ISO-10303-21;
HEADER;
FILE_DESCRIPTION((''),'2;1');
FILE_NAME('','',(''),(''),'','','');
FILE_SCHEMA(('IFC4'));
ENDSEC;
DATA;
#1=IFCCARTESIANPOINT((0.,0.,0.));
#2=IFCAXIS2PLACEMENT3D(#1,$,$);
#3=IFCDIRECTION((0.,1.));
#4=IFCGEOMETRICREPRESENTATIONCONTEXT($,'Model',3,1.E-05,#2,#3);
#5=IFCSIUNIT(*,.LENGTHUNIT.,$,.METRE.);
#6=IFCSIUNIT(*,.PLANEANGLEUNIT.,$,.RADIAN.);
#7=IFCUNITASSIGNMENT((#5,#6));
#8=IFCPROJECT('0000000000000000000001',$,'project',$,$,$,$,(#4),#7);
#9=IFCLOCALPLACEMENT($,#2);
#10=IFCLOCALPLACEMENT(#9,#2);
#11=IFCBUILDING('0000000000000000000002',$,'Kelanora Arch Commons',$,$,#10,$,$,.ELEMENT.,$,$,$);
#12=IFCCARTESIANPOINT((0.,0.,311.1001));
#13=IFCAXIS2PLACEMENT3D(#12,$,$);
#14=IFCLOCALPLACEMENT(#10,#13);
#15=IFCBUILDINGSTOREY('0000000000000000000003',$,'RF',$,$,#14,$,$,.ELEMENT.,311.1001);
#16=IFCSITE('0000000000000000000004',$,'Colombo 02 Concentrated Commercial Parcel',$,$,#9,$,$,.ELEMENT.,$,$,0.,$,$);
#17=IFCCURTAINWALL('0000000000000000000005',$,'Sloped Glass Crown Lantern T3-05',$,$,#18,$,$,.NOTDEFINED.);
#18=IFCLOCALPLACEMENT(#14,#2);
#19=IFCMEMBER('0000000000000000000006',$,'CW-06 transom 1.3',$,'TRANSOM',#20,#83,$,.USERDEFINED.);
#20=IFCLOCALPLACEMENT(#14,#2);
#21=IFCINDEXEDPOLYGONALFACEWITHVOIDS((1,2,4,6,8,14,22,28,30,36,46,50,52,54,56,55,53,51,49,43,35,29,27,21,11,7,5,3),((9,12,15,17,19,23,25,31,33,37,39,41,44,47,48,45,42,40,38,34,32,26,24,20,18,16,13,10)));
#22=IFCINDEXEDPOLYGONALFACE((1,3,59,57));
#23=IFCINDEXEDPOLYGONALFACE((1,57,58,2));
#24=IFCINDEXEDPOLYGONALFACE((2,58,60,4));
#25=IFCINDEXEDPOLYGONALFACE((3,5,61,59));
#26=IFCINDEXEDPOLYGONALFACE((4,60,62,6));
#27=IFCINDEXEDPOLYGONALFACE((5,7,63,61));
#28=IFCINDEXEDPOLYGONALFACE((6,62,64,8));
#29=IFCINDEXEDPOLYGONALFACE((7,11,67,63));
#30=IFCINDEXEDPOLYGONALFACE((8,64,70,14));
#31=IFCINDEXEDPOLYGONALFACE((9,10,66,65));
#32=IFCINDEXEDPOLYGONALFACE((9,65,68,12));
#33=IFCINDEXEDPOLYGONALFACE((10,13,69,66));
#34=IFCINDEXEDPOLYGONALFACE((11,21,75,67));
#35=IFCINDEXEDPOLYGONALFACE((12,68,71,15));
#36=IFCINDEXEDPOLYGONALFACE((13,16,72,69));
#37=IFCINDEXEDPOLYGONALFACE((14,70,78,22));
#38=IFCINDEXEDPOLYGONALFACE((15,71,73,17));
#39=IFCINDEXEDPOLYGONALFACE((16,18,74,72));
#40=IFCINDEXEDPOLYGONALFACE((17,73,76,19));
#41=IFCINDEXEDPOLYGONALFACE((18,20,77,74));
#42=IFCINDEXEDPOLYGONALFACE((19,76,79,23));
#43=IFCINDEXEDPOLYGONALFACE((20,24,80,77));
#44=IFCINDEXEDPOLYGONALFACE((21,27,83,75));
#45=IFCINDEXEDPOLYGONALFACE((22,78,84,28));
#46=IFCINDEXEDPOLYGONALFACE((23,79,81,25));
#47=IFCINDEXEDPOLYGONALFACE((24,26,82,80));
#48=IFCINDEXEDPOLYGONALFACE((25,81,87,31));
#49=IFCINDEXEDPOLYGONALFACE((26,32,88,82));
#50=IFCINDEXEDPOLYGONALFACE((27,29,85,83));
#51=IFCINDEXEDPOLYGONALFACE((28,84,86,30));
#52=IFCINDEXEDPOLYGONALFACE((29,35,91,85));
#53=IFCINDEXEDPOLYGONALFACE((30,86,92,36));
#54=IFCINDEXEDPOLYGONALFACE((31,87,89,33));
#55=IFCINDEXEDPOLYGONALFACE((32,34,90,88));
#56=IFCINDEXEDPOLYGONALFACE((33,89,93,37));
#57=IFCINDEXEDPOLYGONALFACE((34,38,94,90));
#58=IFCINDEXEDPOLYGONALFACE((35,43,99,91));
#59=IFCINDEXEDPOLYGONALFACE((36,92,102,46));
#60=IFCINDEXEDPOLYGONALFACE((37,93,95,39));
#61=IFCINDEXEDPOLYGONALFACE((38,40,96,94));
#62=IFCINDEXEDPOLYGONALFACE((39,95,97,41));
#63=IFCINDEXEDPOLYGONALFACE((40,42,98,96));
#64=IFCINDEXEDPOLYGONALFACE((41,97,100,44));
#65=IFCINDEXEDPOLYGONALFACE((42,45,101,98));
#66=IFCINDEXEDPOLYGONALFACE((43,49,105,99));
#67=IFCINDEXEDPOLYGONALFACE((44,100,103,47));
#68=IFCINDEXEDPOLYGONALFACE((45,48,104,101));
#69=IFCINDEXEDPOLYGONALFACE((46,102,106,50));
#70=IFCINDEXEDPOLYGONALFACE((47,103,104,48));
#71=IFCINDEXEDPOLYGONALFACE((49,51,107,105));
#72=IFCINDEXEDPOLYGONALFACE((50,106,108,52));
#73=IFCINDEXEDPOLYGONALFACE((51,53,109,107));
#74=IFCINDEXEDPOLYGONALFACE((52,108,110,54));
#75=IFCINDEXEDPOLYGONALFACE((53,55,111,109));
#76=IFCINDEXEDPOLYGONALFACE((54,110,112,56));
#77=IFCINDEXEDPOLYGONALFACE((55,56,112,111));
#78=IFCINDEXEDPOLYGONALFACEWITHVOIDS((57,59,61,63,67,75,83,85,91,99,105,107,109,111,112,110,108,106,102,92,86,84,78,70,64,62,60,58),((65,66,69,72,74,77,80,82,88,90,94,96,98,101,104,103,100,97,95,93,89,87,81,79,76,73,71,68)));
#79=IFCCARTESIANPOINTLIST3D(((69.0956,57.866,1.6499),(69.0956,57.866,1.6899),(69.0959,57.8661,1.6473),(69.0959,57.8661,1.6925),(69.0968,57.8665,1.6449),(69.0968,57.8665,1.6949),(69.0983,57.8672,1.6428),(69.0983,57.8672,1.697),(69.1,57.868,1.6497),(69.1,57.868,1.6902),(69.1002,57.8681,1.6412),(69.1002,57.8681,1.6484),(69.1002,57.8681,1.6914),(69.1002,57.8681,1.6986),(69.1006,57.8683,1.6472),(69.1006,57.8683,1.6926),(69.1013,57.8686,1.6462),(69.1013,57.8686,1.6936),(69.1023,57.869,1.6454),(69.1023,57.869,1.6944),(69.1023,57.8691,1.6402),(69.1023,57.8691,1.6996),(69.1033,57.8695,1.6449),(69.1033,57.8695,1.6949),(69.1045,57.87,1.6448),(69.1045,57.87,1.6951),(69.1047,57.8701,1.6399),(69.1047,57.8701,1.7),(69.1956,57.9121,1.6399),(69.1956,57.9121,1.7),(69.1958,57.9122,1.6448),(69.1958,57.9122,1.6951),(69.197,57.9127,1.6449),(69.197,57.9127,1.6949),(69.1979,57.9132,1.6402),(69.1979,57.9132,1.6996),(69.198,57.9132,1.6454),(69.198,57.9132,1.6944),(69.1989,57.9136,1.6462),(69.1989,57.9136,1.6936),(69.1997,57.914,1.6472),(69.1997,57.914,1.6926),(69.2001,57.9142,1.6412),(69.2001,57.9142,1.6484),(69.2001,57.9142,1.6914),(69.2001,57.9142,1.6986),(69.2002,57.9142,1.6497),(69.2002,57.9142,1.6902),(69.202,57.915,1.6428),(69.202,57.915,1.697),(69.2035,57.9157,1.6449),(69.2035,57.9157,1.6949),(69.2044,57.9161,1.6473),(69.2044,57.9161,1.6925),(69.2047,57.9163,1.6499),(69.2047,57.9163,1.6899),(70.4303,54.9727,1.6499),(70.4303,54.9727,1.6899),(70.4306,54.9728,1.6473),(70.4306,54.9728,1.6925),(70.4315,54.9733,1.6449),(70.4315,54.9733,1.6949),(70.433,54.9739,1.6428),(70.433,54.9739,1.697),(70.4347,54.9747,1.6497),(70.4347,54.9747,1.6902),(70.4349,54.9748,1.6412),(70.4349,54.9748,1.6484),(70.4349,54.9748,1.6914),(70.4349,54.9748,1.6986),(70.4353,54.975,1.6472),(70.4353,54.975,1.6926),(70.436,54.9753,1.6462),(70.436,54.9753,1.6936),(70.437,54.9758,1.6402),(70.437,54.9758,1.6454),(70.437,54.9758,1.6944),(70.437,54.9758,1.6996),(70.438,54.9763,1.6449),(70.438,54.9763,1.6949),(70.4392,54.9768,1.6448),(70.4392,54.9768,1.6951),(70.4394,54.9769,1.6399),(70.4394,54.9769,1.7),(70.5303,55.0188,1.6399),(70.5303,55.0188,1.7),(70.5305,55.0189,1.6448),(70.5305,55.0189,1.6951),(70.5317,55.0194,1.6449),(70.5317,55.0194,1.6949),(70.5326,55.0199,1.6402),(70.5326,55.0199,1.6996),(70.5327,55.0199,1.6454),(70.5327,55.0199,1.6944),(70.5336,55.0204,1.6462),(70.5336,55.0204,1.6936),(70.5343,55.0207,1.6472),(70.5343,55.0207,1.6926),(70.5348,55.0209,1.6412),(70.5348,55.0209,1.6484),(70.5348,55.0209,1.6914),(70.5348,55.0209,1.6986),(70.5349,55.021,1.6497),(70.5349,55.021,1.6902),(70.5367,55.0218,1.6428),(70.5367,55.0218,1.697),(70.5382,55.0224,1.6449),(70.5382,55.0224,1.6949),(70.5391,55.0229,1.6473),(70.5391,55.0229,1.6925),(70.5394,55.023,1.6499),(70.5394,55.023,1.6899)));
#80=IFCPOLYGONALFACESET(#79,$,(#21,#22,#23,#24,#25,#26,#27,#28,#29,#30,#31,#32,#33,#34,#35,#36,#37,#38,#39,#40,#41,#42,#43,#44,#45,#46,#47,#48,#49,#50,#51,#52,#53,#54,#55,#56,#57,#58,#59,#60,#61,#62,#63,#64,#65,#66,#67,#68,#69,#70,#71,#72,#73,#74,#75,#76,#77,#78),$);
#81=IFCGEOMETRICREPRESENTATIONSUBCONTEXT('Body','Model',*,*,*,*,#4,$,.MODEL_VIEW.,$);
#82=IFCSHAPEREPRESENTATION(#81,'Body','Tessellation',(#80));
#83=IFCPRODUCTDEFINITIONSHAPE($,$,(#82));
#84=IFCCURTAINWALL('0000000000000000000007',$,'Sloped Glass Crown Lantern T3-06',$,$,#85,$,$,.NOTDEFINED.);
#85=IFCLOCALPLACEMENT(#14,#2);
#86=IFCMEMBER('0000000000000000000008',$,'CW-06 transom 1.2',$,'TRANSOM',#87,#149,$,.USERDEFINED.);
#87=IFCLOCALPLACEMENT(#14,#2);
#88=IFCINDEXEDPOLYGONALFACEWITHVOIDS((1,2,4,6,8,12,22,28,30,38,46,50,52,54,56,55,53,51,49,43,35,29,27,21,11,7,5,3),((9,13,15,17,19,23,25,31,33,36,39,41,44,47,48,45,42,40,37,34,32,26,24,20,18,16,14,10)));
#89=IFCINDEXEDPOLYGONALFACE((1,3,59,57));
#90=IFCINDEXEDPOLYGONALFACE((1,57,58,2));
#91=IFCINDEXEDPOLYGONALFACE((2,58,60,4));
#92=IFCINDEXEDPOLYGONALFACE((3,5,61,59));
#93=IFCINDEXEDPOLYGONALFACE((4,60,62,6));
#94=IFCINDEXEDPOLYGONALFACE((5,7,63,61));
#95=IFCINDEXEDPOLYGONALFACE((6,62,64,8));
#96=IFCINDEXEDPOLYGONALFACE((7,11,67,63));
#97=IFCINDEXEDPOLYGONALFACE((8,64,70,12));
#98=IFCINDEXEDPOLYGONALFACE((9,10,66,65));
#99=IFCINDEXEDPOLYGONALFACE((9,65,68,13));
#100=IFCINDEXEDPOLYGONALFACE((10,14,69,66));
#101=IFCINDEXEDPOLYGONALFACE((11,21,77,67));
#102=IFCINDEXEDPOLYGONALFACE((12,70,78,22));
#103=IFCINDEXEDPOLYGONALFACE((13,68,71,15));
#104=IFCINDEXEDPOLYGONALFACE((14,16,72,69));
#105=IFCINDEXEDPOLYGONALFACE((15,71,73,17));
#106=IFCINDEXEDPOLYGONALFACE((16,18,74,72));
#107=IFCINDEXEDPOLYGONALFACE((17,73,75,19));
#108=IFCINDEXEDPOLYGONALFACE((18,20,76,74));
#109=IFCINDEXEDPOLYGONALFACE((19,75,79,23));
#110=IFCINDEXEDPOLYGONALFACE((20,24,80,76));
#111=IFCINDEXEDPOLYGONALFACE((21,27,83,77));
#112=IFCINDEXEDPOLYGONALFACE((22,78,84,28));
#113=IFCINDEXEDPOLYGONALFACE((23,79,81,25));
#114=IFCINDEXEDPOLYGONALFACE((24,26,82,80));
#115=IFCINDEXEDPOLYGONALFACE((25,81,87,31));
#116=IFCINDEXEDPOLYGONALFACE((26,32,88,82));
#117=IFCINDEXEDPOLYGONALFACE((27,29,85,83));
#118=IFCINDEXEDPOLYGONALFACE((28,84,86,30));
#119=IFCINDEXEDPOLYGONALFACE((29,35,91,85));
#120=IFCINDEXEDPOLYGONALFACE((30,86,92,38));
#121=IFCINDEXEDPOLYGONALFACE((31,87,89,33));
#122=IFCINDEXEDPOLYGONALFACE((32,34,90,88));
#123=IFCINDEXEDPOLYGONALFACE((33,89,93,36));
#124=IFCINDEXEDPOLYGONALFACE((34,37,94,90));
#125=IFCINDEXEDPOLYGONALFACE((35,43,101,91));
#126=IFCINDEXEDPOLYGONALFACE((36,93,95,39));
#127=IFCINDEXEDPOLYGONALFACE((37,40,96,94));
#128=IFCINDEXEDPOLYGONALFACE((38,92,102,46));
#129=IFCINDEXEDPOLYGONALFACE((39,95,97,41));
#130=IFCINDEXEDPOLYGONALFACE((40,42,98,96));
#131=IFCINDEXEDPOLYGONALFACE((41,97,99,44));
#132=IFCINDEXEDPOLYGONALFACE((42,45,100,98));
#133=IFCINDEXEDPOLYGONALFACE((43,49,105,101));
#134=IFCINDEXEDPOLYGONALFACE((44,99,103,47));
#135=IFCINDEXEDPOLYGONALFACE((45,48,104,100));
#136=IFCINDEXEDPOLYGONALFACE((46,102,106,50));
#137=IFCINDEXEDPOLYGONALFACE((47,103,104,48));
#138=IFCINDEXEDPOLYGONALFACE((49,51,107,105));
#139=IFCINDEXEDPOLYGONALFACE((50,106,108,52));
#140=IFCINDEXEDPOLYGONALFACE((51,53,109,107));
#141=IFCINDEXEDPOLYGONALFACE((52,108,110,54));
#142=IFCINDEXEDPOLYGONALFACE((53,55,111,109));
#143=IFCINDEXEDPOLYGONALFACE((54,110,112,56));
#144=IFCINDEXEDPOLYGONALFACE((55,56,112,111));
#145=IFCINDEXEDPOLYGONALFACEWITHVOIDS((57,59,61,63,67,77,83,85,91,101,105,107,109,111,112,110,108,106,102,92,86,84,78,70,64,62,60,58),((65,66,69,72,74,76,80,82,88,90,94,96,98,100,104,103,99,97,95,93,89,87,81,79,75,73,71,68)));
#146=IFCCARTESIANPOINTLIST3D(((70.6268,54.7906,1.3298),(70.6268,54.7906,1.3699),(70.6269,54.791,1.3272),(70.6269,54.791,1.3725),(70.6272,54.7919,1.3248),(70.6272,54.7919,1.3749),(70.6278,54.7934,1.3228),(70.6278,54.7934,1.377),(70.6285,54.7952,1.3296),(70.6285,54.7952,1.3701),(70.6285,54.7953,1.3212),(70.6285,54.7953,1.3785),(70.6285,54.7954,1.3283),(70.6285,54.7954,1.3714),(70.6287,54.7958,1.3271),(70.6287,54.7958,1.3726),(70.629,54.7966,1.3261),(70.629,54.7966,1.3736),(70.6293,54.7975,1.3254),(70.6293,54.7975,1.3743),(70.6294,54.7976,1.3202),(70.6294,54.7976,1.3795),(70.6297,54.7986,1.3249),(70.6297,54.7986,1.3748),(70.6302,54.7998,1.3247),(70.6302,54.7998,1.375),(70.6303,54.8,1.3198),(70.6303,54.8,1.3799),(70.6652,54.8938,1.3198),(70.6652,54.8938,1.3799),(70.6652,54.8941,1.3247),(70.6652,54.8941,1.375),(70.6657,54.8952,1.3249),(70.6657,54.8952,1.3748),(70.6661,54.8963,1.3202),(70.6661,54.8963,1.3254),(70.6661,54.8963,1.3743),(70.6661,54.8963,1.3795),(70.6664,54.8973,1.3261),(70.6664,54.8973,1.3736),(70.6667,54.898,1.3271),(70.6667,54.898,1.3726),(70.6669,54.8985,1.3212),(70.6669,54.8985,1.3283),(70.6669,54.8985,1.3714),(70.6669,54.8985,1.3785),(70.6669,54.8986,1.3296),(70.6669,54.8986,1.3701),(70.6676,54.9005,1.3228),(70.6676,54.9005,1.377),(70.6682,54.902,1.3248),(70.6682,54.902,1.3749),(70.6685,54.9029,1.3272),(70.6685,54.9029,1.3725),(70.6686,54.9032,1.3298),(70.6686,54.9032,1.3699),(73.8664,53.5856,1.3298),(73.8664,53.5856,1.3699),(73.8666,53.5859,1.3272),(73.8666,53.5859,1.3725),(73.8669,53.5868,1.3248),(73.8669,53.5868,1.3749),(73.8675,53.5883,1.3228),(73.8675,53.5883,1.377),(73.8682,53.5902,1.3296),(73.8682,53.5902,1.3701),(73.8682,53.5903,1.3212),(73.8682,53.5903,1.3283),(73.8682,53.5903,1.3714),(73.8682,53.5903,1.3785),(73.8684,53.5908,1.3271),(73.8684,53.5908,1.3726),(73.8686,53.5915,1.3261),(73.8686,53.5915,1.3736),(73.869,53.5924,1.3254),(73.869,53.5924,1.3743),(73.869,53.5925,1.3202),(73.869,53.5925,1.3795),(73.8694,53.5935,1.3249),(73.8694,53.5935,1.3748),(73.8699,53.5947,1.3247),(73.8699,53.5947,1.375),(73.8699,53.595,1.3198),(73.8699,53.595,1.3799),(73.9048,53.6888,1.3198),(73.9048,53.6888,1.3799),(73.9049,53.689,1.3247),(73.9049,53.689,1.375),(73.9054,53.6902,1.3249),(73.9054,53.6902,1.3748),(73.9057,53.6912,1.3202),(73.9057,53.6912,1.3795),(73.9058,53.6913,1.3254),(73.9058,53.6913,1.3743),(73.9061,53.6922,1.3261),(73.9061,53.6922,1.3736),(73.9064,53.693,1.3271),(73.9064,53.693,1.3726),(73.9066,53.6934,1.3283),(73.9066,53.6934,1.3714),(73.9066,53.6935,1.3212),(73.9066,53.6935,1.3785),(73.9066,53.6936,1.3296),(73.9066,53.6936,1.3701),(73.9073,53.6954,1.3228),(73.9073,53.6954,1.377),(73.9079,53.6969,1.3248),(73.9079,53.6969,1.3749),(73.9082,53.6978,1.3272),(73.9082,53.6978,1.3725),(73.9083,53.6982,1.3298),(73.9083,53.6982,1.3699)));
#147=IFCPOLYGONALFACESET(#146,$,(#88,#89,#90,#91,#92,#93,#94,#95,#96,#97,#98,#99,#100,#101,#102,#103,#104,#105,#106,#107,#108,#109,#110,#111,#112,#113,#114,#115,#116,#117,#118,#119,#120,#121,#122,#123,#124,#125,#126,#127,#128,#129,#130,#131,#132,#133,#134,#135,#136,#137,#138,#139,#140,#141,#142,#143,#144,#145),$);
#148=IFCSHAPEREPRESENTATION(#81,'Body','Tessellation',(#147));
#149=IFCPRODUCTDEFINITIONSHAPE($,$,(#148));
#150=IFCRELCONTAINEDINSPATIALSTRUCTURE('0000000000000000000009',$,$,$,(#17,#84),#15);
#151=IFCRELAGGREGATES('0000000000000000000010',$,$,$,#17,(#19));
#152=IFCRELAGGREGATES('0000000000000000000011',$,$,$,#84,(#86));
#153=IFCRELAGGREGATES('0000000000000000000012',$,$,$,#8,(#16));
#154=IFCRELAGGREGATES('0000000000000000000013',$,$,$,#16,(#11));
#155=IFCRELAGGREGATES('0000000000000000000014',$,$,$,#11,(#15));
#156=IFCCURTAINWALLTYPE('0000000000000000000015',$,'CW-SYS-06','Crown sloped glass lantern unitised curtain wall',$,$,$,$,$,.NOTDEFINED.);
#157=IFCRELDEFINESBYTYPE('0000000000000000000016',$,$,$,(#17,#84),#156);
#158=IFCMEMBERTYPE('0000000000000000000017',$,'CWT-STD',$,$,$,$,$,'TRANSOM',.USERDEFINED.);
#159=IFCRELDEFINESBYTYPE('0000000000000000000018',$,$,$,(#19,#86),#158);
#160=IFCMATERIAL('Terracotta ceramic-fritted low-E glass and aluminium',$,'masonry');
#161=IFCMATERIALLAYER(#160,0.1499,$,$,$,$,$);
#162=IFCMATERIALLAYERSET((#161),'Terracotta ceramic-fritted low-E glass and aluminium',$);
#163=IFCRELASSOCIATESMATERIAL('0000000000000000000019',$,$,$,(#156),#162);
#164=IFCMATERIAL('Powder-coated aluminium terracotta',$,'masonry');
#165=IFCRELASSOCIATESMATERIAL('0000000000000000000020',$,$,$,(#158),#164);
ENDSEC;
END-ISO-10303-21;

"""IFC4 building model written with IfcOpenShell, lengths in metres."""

from ifc_helpers import new_model, si_unit, direction, frame, origin, origin_2d, place, context, subcontext, project, spatial, hollow_rectangle, extrude, material, layer, layer_set, material_profile, profile_set, type_object, element, aggregate, save


model = new_model("IFC4")

# Units and contexts
model_context = context("Model", 3, precision=1e-05, world=origin(), true_north=direction((0.0, 1.0)))
body_context = subcontext(model_context, "Body", "Model", "MODEL_VIEW")
ifc_project = project(units=[si_unit("LENGTHUNIT", "METRE"), si_unit("PLANEANGLEUNIT", "RADIAN")], contexts=[model_context])

# Site, building, storey
site_placement = place(None, origin())
site = spatial("IfcSite", under=ifc_project, at=site_placement, Name="Colombo 02 Concentrated Commercial Parcel", CompositionType="ELEMENT", RefElevation=0.0)
building_placement = place(site_placement, origin())
building = spatial("IfcBuilding", under=site, at=building_placement, Name="Kelanora Arch Commons", CompositionType="ELEMENT")
storey_placement = place(building_placement, frame((0.0, 0.0, 311.1001)))
storey = spatial("IfcBuildingStorey", under=building, at=storey_placement, Name="RF", CompositionType="ELEMENT", Elevation=311.1001)

# Shared definitions
ifc_material_1 = material(Name="Terracotta ceramic-fritted low-E glass and aluminium", Category="masonry")
ifc_layer_1 = layer(ifc_material_1, 0.1499)
ifc_layer_set_1 = layer_set([ifc_layer_1], Name="Terracotta ceramic-fritted low-E glass and aluminium")
curtain_wall_type = type_object("IfcCurtainWallType", Name="CW-SYS-06", Description="Crown sloped glass lantern unitised curtain wall", PredefinedType="NOTDEFINED", material=ifc_layer_set_1)
ifc_material_2 = material(Name="Powder-coated aluminium terracotta", Category="masonry")
ifc_material_profile_1 = material_profile(ifc_material_2, hollow_rectangle(XDim=0.1201, YDim=0.0601, WallThickness=0.0049, InnerFilletRadius=0.0049, OuterFilletRadius=0.01, at=origin_2d()), Name="CWT120x60")
ifc_profile_set_1 = profile_set([ifc_material_profile_1], Name="Powder-coated aluminium terracotta")
member_type_1 = type_object("IfcMemberType", Name="CWT-STD", ElementType="TRANSOM", PredefinedType="USERDEFINED", material=ifc_profile_set_1)

# Curtain walls, members
curtain_wall_1_placement = place(storey_placement, origin())
curtain_wall_1 = element("IfcCurtainWall", 1, at=curtain_wall_1_placement, inside=storey, type_object=curtain_wall_type, Name="Sloped Glass Crown Lantern T3-05", PredefinedType="NOTDEFINED")
member_1_placement = place(storey_placement, frame((69.1501, 57.8911, 1.6699), z_axis=(0.418888, -0.908038, 0.0), x_axis=(0.908038, 0.418888, 0.0)))
member_1 = element("IfcMember", 2, at=member_1_placement, type_object=member_type_1, Name="CW-06 transom 1.3", ObjectType="TRANSOM", PredefinedType="USERDEFINED", context=body_context, shape_type="SweptSolid", body=[
    extrude(hollow_rectangle(XDim=0.1201, YDim=0.0601, WallThickness=0.0049, InnerFilletRadius=0.0049, OuterFilletRadius=0.01, at=origin_2d()), origin(), (0.0, 0.0, 1.0), 3.1863),
])
curtain_wall_2_placement = place(storey_placement, origin())
curtain_wall_2 = element("IfcCurtainWall", 3, at=curtain_wall_2_placement, inside=storey, type_object=curtain_wall_type, Name="Sloped Glass Crown Lantern T3-06", PredefinedType="NOTDEFINED")
member_2_placement = place(storey_placement, frame((70.6477, 54.8469, 1.3499), z_axis=(0.93726, -0.34863, 0.0), x_axis=(0.34863, 0.93726, 0.0)))
member_2 = element("IfcMember", 4, at=member_2_placement, type_object=member_type_1, Name="CW-06 transom 1.2", ObjectType="TRANSOM", PredefinedType="USERDEFINED", context=body_context, shape_type="SweptSolid", body=[
    extrude(hollow_rectangle(XDim=0.1201, YDim=0.0601, WallThickness=0.0049, InnerFilletRadius=0.0049, OuterFilletRadius=0.01, at=origin_2d()), origin(), (0.0, 0.0, 1.0), 3.4565),
])

aggregate(curtain_wall_1, [member_1])
aggregate(curtain_wall_2, [member_2])

save(model, "model.ifc")
